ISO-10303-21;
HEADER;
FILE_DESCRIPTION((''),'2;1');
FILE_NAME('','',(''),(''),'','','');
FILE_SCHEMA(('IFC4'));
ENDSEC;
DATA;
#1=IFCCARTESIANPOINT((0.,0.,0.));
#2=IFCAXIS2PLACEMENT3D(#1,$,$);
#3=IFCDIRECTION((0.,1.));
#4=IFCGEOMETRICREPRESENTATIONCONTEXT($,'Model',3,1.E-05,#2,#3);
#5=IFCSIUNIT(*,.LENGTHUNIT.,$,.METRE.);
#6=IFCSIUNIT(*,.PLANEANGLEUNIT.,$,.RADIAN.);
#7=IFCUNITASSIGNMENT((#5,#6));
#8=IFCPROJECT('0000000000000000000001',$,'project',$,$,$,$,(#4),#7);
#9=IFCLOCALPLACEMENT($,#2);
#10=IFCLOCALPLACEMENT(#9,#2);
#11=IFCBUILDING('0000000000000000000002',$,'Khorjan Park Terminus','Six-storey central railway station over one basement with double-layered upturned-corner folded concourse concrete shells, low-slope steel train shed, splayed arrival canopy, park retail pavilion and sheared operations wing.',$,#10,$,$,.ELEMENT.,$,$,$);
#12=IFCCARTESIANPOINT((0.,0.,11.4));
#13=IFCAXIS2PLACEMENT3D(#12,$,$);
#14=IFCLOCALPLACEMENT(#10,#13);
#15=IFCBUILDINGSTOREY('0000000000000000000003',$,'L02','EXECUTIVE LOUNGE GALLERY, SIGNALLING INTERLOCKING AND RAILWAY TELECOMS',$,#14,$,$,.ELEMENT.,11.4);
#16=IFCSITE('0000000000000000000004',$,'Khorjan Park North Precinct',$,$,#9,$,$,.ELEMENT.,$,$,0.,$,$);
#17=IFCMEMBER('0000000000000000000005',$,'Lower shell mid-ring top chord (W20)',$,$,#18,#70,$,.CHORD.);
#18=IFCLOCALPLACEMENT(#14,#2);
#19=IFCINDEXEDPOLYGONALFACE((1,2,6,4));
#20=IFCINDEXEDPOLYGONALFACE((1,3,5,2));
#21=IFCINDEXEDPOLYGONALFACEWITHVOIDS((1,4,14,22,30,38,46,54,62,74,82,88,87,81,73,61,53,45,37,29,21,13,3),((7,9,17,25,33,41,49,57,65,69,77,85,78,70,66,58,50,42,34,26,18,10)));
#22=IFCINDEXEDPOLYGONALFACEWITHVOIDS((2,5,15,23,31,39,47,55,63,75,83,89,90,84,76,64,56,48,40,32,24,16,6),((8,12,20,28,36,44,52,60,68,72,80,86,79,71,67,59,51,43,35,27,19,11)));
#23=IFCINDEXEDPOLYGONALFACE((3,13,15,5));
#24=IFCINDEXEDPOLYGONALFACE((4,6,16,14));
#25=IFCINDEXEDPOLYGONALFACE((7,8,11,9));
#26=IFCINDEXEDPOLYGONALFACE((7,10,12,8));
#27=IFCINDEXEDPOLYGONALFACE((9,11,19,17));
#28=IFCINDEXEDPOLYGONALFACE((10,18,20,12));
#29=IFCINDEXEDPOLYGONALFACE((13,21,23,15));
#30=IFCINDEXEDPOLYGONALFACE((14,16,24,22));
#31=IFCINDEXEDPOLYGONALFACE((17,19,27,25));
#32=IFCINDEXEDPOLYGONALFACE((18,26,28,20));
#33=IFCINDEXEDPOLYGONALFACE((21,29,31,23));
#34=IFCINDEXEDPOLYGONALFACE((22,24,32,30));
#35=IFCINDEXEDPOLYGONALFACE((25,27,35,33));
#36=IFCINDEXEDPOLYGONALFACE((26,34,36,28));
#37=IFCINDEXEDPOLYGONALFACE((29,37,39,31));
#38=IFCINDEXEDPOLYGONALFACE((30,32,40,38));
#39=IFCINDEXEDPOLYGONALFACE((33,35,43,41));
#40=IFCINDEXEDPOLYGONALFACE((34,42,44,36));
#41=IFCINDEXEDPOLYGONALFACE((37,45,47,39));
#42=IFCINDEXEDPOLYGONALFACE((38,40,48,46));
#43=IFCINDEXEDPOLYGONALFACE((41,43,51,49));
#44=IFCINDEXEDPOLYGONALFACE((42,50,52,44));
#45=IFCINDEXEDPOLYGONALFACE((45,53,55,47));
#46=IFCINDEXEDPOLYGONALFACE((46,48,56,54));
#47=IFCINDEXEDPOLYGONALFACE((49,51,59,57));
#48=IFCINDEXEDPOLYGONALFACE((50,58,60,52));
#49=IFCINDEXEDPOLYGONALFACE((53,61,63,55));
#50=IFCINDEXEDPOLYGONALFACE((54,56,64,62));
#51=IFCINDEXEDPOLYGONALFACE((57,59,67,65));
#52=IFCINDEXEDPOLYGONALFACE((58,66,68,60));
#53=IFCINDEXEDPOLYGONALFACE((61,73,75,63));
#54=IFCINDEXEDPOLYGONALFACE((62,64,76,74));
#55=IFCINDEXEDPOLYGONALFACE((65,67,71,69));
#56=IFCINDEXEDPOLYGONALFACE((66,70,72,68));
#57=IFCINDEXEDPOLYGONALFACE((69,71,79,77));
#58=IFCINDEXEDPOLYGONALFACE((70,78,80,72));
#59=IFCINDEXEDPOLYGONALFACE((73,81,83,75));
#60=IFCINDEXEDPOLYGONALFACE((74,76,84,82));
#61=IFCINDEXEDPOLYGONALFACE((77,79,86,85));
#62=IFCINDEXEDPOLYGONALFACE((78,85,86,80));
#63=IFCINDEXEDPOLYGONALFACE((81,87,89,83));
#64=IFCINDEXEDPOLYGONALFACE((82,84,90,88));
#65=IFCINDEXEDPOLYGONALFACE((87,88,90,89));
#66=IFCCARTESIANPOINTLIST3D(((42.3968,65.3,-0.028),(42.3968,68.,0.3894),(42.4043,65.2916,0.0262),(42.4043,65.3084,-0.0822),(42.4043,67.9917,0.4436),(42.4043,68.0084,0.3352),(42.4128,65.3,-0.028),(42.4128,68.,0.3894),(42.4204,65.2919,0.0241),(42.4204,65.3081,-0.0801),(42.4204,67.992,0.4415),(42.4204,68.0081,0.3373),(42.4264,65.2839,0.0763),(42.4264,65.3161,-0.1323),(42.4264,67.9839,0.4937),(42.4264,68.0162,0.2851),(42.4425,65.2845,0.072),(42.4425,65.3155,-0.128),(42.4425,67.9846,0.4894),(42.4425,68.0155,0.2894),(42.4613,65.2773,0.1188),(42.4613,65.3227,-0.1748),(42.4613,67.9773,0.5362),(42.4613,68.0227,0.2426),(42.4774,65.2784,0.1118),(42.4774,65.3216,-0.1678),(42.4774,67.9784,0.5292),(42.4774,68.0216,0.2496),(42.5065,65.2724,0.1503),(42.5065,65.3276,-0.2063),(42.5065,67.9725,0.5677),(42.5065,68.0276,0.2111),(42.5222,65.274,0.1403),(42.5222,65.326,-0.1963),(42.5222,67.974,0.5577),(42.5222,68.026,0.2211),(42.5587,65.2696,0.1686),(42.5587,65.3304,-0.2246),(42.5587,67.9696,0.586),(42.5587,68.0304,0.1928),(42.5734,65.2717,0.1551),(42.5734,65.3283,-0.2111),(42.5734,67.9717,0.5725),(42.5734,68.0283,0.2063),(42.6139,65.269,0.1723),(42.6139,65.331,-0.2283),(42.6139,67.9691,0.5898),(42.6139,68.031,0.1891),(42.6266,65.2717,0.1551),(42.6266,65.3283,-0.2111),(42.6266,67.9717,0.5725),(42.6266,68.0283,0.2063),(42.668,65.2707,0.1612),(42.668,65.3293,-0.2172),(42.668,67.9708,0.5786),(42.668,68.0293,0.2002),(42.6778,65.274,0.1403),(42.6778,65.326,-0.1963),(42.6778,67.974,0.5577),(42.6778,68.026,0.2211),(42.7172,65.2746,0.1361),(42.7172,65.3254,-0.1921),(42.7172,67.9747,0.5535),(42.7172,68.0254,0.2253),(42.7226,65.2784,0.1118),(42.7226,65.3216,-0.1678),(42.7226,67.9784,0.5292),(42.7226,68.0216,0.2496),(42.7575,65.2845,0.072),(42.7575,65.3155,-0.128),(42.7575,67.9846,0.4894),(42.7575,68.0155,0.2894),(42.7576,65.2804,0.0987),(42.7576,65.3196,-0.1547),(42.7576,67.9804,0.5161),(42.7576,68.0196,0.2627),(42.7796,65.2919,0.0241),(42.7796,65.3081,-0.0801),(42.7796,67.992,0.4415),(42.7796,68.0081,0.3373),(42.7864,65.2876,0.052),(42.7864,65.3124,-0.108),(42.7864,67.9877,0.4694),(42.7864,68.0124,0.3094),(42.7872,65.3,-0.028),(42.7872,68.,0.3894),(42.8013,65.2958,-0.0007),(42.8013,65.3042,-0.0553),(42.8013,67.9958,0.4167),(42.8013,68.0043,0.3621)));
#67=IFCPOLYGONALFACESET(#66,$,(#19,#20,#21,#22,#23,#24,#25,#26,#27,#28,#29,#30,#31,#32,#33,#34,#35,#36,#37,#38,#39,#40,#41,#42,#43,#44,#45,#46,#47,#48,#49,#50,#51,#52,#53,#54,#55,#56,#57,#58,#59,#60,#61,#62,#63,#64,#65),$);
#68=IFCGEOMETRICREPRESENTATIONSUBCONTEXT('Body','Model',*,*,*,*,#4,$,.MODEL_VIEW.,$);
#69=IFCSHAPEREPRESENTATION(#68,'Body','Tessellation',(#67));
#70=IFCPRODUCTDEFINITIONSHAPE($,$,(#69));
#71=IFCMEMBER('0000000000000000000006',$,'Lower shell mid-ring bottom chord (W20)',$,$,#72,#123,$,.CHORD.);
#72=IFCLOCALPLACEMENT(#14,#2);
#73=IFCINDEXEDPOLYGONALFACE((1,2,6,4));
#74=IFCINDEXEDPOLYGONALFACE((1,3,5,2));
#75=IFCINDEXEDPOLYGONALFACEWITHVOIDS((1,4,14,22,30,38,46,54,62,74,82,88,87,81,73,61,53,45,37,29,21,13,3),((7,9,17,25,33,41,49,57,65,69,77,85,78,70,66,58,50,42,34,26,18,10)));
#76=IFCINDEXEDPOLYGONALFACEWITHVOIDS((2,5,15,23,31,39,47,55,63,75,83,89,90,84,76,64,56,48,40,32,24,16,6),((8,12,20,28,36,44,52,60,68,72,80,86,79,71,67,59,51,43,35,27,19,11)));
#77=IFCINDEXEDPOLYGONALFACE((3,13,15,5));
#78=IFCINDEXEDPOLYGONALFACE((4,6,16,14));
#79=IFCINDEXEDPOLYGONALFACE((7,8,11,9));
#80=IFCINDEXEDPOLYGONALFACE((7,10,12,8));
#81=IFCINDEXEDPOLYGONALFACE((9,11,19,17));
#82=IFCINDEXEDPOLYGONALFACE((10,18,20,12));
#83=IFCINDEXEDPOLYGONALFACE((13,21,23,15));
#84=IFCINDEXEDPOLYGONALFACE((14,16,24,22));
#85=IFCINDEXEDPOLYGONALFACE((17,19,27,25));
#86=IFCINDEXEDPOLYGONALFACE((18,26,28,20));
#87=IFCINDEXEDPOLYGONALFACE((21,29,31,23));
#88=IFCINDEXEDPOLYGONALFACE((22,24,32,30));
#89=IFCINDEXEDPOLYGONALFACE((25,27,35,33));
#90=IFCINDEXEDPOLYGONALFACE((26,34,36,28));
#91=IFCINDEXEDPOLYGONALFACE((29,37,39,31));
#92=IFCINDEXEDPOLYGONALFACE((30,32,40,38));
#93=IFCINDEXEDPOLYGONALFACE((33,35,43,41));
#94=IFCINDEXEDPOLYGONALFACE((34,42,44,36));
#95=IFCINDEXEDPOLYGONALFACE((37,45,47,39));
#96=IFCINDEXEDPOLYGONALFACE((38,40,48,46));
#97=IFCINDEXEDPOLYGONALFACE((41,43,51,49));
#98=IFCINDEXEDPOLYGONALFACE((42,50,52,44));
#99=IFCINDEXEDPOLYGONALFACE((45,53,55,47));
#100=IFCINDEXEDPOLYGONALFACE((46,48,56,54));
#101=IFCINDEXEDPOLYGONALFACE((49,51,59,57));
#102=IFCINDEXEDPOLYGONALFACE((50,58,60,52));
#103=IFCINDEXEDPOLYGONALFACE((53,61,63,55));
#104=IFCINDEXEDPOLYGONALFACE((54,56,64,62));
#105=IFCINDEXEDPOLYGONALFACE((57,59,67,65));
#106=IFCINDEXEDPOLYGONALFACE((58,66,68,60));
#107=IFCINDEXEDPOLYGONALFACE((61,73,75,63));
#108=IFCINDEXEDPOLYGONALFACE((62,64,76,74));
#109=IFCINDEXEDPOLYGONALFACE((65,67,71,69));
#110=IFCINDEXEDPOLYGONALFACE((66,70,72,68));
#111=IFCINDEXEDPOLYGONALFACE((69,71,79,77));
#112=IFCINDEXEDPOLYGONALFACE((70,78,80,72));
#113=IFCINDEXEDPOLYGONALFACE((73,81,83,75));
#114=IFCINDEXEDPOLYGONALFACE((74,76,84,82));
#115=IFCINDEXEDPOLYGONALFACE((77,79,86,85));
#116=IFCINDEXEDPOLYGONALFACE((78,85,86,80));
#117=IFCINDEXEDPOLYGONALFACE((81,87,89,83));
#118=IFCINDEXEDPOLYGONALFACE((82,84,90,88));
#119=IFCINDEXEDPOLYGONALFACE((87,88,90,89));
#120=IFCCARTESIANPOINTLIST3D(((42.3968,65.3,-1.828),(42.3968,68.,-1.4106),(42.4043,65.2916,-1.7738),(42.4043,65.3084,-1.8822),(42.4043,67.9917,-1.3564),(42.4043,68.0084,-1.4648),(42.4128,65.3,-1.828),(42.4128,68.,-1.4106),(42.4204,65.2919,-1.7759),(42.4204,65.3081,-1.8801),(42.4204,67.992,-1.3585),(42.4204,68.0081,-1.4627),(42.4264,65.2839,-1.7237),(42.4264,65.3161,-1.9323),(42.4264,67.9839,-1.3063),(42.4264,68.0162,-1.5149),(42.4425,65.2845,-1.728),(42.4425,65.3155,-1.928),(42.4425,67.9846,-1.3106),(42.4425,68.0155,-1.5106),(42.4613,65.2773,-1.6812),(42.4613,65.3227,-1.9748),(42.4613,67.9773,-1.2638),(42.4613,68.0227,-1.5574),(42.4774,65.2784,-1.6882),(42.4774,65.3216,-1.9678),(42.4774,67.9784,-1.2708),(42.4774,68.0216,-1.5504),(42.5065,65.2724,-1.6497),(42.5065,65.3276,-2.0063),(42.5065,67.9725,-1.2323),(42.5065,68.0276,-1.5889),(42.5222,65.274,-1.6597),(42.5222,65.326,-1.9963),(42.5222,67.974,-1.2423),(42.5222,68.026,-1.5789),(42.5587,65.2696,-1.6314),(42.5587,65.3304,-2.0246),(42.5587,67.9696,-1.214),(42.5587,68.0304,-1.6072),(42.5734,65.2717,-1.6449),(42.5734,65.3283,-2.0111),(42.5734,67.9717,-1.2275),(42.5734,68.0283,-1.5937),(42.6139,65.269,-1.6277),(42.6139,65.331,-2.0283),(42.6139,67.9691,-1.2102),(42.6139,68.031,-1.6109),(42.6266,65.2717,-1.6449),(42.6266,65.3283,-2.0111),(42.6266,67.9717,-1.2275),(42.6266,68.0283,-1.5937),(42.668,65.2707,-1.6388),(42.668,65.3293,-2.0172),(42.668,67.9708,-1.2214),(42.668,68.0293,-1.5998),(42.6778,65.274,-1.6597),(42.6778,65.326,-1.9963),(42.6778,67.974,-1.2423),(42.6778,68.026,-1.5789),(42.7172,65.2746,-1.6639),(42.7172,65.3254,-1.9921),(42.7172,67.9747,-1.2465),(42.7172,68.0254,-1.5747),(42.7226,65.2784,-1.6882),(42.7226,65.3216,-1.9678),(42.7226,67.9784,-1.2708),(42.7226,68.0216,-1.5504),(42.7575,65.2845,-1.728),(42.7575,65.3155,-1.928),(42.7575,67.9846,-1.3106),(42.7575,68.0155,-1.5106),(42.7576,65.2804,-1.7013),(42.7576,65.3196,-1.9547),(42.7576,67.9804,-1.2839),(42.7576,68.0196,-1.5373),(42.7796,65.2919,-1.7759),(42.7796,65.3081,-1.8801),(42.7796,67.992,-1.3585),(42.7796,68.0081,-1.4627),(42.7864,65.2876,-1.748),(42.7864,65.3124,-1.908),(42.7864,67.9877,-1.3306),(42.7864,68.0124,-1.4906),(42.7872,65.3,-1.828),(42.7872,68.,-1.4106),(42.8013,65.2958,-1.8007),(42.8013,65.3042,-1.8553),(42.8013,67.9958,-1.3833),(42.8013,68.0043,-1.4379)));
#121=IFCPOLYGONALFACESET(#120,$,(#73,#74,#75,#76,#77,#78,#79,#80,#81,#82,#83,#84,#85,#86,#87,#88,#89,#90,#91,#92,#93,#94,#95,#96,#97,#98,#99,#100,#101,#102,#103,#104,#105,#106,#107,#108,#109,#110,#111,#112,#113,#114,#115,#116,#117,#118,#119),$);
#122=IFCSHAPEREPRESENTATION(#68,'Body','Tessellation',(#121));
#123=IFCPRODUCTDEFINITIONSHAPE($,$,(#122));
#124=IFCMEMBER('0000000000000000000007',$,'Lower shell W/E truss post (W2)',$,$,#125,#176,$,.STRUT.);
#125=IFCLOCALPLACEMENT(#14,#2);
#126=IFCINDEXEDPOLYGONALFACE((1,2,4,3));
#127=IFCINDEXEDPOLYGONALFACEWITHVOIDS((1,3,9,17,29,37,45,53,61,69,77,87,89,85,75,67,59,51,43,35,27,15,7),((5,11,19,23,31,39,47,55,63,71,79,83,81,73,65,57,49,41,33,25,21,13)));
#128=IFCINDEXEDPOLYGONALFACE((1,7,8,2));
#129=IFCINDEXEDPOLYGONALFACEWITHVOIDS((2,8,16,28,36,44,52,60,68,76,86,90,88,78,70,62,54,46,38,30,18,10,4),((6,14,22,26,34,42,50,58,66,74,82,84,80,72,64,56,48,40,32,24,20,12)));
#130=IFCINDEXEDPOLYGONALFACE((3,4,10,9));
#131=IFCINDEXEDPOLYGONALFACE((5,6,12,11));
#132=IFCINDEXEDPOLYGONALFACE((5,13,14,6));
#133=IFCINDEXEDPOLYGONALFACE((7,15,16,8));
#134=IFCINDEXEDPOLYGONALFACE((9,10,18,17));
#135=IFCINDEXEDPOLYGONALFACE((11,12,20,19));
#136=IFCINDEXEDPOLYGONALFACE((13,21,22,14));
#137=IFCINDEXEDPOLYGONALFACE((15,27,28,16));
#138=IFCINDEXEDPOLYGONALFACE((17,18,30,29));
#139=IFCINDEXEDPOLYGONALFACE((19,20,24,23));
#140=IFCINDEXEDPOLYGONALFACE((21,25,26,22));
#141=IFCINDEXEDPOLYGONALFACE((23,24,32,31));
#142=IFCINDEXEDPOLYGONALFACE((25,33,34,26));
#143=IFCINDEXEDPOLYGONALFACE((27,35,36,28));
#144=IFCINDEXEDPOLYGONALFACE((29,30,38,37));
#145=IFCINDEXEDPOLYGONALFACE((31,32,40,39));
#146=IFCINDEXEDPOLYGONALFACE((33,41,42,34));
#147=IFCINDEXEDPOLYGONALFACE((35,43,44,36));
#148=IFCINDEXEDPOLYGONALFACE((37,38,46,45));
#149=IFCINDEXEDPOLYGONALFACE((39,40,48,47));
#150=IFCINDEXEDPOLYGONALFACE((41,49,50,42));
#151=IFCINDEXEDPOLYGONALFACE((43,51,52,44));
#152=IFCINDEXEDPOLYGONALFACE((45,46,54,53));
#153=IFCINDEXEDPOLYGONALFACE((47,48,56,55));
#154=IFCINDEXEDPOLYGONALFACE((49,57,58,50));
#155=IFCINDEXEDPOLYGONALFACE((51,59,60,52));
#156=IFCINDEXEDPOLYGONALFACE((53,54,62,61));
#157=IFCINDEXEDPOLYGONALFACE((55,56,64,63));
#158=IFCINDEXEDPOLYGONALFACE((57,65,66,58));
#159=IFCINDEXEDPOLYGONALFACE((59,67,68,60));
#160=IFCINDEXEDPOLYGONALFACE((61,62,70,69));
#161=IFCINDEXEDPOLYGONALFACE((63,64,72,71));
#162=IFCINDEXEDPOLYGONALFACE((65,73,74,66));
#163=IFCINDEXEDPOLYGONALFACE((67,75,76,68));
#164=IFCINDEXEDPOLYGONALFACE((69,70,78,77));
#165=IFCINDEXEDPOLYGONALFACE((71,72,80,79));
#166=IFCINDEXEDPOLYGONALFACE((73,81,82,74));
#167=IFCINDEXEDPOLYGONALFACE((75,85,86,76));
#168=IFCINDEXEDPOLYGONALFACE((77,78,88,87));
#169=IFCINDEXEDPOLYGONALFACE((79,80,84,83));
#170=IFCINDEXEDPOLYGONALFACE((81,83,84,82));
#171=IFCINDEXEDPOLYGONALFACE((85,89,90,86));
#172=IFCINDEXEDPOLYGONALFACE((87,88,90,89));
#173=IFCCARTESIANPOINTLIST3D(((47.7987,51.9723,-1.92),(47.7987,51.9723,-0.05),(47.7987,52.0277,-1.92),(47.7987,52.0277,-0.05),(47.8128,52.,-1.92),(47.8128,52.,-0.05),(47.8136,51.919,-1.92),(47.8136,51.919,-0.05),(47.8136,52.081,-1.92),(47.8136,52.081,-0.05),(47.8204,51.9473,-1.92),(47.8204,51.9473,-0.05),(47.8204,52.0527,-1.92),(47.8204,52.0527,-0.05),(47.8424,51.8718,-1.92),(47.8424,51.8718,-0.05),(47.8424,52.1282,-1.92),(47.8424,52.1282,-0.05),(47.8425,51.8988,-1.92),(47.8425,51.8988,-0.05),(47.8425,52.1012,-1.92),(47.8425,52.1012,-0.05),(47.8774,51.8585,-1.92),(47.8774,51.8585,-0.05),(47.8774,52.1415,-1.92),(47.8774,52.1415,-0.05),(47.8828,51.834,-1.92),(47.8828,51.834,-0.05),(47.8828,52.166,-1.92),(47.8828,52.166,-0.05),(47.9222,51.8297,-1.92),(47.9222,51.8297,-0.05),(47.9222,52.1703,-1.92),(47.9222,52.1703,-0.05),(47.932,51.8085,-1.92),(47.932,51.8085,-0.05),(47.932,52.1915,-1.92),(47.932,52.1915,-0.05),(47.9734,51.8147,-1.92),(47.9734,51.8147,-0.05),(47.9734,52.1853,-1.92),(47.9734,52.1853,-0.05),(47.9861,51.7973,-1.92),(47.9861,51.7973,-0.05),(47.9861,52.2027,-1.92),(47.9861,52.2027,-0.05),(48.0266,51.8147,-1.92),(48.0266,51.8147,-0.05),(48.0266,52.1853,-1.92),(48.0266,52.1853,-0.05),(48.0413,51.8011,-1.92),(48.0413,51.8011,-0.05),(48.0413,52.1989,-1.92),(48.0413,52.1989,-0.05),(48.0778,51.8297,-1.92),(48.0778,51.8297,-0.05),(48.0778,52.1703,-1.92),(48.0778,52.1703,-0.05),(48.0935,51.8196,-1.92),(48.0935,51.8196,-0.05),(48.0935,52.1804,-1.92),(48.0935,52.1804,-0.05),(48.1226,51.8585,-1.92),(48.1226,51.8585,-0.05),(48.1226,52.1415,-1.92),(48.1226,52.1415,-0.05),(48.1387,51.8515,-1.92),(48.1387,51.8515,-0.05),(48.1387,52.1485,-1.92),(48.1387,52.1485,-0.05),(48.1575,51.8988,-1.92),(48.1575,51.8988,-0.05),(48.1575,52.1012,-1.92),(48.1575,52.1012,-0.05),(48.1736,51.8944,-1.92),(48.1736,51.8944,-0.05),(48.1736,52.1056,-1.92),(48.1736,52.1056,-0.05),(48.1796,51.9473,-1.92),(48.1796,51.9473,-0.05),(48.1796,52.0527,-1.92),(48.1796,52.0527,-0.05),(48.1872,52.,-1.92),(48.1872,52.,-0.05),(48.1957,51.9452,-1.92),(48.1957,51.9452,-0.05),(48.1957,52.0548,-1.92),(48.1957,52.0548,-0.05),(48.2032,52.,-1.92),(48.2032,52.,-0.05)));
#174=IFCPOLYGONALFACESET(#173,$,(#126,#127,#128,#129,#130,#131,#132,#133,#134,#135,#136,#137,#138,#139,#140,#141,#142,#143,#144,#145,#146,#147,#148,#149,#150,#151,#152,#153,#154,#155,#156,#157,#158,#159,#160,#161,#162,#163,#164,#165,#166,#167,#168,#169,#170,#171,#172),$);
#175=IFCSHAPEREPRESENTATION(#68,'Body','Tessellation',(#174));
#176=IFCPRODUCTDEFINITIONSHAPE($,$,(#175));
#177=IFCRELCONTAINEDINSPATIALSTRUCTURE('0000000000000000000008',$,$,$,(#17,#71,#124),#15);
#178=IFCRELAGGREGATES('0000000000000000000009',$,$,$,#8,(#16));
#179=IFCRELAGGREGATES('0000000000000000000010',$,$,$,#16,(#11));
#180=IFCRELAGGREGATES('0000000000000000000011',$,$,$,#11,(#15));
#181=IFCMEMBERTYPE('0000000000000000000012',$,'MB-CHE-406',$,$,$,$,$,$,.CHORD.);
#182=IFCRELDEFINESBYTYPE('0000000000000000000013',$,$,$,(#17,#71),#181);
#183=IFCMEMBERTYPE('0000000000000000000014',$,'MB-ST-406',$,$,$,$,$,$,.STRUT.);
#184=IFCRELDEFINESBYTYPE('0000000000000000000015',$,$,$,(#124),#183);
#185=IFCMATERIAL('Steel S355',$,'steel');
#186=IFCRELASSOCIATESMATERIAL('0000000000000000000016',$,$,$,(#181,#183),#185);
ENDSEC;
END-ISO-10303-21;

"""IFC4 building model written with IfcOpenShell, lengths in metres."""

from ifc_helpers import new_model, si_unit, direction, frame, origin, origin_2d, place, context, subcontext, project, spatial, hollow_circle, extrude, material, material_profile, profile_set, type_object, element, save


model = new_model("IFC4")

# Units and contexts
model_context = context("Model", 3, precision=1e-05, world=origin(), true_north=direction((0.0, 1.0)))
body_context = subcontext(model_context, "Body", "Model", "MODEL_VIEW")
ifc_project = project(units=[si_unit("LENGTHUNIT", "METRE"), si_unit("PLANEANGLEUNIT", "RADIAN")], contexts=[model_context])

# Site, building, storey
site_placement = place(None, origin())
site = spatial("IfcSite", under=ifc_project, at=site_placement, Name="Khorjan Park North Precinct", CompositionType="ELEMENT", RefElevation=0.0)
building_placement = place(site_placement, origin())
building = spatial("IfcBuilding", under=site, at=building_placement, Name="Khorjan Park Terminus", Description="Six-storey central railway station over one basement with double-layered upturned-corner folded concourse concrete shells, low-slope steel train shed, splayed arrival canopy, park retail pavilion and sheared operations wing.", CompositionType="ELEMENT")
storey_placement = place(building_placement, frame((0.0, 0.0, 11.4)))
storey = spatial("IfcBuildingStorey", under=building, at=storey_placement, Name="L02", Description="EXECUTIVE LOUNGE GALLERY, SIGNALLING INTERLOCKING AND RAILWAY TELECOMS", CompositionType="ELEMENT", Elevation=11.4)

# Members
ifc_material_1 = material(Name="Steel S355", Category="steel")
ifc_material_profile_1 = material_profile(ifc_material_1, hollow_circle(Radius=0.2032, WallThickness=0.016, at=origin_2d()), Name="CHS 406.4x16")
ifc_profile_set_1 = profile_set([ifc_material_profile_1], Name="Steel S355")
member_type_1 = type_object("IfcMemberType", Name="MB-CHE-406", PredefinedType="CHORD", material=ifc_profile_set_1)
for number, where, z_axis, x_axis, name in (
    (1, (42.6, 65.3, -0.028), (0.0, 0.988261, 0.152778), (-1.0, 0.0, 0.0), "Lower shell mid-ring top chord (W20)"),
    (2, (42.6, 65.3, -1.828), (0.0, 0.988261, 0.152778), (-1.0, 0.0, 0.0), "Lower shell mid-ring bottom chord (W20)"),
):
    element("IfcMember", number, at=place(storey_placement, frame(where, z_axis=z_axis, x_axis=x_axis)), inside=storey, type_object=member_type_1, Name=name, PredefinedType="CHORD", context=body_context, shape_type="SweptSolid", body=[
        extrude(hollow_circle(Radius=0.2032, WallThickness=0.016, at=origin_2d()), origin(), (0.0, 0.0, 1.0), 2.7321),
    ])
ifc_material_profile_2 = material_profile(ifc_material_1, hollow_circle(Radius=0.2032, WallThickness=0.016, at=origin_2d()), Name="CHS 406.4x16")
ifc_profile_set_2 = profile_set([ifc_material_profile_2], Name="Steel S355")
member_type_2 = type_object("IfcMemberType", Name="MB-ST-406", PredefinedType="STRUT", material=ifc_profile_set_2)
member_1_placement = place(storey_placement, frame((48.0, 52.0, -1.92), z_axis=(0.0, 0.0, 1.0), x_axis=(1.0, 0.0, 0.0)))
element("IfcMember", 3, at=member_1_placement, inside=storey, type_object=member_type_2, Name="Lower shell W/E truss post (W2)", PredefinedType="STRUT", context=body_context, shape_type="SweptSolid", body=[
    extrude(hollow_circle(Radius=0.2032, WallThickness=0.016, at=origin_2d()), origin(), (0.0, 0.0, 1.0), 1.87),
])

save(model, "model.ifc")
